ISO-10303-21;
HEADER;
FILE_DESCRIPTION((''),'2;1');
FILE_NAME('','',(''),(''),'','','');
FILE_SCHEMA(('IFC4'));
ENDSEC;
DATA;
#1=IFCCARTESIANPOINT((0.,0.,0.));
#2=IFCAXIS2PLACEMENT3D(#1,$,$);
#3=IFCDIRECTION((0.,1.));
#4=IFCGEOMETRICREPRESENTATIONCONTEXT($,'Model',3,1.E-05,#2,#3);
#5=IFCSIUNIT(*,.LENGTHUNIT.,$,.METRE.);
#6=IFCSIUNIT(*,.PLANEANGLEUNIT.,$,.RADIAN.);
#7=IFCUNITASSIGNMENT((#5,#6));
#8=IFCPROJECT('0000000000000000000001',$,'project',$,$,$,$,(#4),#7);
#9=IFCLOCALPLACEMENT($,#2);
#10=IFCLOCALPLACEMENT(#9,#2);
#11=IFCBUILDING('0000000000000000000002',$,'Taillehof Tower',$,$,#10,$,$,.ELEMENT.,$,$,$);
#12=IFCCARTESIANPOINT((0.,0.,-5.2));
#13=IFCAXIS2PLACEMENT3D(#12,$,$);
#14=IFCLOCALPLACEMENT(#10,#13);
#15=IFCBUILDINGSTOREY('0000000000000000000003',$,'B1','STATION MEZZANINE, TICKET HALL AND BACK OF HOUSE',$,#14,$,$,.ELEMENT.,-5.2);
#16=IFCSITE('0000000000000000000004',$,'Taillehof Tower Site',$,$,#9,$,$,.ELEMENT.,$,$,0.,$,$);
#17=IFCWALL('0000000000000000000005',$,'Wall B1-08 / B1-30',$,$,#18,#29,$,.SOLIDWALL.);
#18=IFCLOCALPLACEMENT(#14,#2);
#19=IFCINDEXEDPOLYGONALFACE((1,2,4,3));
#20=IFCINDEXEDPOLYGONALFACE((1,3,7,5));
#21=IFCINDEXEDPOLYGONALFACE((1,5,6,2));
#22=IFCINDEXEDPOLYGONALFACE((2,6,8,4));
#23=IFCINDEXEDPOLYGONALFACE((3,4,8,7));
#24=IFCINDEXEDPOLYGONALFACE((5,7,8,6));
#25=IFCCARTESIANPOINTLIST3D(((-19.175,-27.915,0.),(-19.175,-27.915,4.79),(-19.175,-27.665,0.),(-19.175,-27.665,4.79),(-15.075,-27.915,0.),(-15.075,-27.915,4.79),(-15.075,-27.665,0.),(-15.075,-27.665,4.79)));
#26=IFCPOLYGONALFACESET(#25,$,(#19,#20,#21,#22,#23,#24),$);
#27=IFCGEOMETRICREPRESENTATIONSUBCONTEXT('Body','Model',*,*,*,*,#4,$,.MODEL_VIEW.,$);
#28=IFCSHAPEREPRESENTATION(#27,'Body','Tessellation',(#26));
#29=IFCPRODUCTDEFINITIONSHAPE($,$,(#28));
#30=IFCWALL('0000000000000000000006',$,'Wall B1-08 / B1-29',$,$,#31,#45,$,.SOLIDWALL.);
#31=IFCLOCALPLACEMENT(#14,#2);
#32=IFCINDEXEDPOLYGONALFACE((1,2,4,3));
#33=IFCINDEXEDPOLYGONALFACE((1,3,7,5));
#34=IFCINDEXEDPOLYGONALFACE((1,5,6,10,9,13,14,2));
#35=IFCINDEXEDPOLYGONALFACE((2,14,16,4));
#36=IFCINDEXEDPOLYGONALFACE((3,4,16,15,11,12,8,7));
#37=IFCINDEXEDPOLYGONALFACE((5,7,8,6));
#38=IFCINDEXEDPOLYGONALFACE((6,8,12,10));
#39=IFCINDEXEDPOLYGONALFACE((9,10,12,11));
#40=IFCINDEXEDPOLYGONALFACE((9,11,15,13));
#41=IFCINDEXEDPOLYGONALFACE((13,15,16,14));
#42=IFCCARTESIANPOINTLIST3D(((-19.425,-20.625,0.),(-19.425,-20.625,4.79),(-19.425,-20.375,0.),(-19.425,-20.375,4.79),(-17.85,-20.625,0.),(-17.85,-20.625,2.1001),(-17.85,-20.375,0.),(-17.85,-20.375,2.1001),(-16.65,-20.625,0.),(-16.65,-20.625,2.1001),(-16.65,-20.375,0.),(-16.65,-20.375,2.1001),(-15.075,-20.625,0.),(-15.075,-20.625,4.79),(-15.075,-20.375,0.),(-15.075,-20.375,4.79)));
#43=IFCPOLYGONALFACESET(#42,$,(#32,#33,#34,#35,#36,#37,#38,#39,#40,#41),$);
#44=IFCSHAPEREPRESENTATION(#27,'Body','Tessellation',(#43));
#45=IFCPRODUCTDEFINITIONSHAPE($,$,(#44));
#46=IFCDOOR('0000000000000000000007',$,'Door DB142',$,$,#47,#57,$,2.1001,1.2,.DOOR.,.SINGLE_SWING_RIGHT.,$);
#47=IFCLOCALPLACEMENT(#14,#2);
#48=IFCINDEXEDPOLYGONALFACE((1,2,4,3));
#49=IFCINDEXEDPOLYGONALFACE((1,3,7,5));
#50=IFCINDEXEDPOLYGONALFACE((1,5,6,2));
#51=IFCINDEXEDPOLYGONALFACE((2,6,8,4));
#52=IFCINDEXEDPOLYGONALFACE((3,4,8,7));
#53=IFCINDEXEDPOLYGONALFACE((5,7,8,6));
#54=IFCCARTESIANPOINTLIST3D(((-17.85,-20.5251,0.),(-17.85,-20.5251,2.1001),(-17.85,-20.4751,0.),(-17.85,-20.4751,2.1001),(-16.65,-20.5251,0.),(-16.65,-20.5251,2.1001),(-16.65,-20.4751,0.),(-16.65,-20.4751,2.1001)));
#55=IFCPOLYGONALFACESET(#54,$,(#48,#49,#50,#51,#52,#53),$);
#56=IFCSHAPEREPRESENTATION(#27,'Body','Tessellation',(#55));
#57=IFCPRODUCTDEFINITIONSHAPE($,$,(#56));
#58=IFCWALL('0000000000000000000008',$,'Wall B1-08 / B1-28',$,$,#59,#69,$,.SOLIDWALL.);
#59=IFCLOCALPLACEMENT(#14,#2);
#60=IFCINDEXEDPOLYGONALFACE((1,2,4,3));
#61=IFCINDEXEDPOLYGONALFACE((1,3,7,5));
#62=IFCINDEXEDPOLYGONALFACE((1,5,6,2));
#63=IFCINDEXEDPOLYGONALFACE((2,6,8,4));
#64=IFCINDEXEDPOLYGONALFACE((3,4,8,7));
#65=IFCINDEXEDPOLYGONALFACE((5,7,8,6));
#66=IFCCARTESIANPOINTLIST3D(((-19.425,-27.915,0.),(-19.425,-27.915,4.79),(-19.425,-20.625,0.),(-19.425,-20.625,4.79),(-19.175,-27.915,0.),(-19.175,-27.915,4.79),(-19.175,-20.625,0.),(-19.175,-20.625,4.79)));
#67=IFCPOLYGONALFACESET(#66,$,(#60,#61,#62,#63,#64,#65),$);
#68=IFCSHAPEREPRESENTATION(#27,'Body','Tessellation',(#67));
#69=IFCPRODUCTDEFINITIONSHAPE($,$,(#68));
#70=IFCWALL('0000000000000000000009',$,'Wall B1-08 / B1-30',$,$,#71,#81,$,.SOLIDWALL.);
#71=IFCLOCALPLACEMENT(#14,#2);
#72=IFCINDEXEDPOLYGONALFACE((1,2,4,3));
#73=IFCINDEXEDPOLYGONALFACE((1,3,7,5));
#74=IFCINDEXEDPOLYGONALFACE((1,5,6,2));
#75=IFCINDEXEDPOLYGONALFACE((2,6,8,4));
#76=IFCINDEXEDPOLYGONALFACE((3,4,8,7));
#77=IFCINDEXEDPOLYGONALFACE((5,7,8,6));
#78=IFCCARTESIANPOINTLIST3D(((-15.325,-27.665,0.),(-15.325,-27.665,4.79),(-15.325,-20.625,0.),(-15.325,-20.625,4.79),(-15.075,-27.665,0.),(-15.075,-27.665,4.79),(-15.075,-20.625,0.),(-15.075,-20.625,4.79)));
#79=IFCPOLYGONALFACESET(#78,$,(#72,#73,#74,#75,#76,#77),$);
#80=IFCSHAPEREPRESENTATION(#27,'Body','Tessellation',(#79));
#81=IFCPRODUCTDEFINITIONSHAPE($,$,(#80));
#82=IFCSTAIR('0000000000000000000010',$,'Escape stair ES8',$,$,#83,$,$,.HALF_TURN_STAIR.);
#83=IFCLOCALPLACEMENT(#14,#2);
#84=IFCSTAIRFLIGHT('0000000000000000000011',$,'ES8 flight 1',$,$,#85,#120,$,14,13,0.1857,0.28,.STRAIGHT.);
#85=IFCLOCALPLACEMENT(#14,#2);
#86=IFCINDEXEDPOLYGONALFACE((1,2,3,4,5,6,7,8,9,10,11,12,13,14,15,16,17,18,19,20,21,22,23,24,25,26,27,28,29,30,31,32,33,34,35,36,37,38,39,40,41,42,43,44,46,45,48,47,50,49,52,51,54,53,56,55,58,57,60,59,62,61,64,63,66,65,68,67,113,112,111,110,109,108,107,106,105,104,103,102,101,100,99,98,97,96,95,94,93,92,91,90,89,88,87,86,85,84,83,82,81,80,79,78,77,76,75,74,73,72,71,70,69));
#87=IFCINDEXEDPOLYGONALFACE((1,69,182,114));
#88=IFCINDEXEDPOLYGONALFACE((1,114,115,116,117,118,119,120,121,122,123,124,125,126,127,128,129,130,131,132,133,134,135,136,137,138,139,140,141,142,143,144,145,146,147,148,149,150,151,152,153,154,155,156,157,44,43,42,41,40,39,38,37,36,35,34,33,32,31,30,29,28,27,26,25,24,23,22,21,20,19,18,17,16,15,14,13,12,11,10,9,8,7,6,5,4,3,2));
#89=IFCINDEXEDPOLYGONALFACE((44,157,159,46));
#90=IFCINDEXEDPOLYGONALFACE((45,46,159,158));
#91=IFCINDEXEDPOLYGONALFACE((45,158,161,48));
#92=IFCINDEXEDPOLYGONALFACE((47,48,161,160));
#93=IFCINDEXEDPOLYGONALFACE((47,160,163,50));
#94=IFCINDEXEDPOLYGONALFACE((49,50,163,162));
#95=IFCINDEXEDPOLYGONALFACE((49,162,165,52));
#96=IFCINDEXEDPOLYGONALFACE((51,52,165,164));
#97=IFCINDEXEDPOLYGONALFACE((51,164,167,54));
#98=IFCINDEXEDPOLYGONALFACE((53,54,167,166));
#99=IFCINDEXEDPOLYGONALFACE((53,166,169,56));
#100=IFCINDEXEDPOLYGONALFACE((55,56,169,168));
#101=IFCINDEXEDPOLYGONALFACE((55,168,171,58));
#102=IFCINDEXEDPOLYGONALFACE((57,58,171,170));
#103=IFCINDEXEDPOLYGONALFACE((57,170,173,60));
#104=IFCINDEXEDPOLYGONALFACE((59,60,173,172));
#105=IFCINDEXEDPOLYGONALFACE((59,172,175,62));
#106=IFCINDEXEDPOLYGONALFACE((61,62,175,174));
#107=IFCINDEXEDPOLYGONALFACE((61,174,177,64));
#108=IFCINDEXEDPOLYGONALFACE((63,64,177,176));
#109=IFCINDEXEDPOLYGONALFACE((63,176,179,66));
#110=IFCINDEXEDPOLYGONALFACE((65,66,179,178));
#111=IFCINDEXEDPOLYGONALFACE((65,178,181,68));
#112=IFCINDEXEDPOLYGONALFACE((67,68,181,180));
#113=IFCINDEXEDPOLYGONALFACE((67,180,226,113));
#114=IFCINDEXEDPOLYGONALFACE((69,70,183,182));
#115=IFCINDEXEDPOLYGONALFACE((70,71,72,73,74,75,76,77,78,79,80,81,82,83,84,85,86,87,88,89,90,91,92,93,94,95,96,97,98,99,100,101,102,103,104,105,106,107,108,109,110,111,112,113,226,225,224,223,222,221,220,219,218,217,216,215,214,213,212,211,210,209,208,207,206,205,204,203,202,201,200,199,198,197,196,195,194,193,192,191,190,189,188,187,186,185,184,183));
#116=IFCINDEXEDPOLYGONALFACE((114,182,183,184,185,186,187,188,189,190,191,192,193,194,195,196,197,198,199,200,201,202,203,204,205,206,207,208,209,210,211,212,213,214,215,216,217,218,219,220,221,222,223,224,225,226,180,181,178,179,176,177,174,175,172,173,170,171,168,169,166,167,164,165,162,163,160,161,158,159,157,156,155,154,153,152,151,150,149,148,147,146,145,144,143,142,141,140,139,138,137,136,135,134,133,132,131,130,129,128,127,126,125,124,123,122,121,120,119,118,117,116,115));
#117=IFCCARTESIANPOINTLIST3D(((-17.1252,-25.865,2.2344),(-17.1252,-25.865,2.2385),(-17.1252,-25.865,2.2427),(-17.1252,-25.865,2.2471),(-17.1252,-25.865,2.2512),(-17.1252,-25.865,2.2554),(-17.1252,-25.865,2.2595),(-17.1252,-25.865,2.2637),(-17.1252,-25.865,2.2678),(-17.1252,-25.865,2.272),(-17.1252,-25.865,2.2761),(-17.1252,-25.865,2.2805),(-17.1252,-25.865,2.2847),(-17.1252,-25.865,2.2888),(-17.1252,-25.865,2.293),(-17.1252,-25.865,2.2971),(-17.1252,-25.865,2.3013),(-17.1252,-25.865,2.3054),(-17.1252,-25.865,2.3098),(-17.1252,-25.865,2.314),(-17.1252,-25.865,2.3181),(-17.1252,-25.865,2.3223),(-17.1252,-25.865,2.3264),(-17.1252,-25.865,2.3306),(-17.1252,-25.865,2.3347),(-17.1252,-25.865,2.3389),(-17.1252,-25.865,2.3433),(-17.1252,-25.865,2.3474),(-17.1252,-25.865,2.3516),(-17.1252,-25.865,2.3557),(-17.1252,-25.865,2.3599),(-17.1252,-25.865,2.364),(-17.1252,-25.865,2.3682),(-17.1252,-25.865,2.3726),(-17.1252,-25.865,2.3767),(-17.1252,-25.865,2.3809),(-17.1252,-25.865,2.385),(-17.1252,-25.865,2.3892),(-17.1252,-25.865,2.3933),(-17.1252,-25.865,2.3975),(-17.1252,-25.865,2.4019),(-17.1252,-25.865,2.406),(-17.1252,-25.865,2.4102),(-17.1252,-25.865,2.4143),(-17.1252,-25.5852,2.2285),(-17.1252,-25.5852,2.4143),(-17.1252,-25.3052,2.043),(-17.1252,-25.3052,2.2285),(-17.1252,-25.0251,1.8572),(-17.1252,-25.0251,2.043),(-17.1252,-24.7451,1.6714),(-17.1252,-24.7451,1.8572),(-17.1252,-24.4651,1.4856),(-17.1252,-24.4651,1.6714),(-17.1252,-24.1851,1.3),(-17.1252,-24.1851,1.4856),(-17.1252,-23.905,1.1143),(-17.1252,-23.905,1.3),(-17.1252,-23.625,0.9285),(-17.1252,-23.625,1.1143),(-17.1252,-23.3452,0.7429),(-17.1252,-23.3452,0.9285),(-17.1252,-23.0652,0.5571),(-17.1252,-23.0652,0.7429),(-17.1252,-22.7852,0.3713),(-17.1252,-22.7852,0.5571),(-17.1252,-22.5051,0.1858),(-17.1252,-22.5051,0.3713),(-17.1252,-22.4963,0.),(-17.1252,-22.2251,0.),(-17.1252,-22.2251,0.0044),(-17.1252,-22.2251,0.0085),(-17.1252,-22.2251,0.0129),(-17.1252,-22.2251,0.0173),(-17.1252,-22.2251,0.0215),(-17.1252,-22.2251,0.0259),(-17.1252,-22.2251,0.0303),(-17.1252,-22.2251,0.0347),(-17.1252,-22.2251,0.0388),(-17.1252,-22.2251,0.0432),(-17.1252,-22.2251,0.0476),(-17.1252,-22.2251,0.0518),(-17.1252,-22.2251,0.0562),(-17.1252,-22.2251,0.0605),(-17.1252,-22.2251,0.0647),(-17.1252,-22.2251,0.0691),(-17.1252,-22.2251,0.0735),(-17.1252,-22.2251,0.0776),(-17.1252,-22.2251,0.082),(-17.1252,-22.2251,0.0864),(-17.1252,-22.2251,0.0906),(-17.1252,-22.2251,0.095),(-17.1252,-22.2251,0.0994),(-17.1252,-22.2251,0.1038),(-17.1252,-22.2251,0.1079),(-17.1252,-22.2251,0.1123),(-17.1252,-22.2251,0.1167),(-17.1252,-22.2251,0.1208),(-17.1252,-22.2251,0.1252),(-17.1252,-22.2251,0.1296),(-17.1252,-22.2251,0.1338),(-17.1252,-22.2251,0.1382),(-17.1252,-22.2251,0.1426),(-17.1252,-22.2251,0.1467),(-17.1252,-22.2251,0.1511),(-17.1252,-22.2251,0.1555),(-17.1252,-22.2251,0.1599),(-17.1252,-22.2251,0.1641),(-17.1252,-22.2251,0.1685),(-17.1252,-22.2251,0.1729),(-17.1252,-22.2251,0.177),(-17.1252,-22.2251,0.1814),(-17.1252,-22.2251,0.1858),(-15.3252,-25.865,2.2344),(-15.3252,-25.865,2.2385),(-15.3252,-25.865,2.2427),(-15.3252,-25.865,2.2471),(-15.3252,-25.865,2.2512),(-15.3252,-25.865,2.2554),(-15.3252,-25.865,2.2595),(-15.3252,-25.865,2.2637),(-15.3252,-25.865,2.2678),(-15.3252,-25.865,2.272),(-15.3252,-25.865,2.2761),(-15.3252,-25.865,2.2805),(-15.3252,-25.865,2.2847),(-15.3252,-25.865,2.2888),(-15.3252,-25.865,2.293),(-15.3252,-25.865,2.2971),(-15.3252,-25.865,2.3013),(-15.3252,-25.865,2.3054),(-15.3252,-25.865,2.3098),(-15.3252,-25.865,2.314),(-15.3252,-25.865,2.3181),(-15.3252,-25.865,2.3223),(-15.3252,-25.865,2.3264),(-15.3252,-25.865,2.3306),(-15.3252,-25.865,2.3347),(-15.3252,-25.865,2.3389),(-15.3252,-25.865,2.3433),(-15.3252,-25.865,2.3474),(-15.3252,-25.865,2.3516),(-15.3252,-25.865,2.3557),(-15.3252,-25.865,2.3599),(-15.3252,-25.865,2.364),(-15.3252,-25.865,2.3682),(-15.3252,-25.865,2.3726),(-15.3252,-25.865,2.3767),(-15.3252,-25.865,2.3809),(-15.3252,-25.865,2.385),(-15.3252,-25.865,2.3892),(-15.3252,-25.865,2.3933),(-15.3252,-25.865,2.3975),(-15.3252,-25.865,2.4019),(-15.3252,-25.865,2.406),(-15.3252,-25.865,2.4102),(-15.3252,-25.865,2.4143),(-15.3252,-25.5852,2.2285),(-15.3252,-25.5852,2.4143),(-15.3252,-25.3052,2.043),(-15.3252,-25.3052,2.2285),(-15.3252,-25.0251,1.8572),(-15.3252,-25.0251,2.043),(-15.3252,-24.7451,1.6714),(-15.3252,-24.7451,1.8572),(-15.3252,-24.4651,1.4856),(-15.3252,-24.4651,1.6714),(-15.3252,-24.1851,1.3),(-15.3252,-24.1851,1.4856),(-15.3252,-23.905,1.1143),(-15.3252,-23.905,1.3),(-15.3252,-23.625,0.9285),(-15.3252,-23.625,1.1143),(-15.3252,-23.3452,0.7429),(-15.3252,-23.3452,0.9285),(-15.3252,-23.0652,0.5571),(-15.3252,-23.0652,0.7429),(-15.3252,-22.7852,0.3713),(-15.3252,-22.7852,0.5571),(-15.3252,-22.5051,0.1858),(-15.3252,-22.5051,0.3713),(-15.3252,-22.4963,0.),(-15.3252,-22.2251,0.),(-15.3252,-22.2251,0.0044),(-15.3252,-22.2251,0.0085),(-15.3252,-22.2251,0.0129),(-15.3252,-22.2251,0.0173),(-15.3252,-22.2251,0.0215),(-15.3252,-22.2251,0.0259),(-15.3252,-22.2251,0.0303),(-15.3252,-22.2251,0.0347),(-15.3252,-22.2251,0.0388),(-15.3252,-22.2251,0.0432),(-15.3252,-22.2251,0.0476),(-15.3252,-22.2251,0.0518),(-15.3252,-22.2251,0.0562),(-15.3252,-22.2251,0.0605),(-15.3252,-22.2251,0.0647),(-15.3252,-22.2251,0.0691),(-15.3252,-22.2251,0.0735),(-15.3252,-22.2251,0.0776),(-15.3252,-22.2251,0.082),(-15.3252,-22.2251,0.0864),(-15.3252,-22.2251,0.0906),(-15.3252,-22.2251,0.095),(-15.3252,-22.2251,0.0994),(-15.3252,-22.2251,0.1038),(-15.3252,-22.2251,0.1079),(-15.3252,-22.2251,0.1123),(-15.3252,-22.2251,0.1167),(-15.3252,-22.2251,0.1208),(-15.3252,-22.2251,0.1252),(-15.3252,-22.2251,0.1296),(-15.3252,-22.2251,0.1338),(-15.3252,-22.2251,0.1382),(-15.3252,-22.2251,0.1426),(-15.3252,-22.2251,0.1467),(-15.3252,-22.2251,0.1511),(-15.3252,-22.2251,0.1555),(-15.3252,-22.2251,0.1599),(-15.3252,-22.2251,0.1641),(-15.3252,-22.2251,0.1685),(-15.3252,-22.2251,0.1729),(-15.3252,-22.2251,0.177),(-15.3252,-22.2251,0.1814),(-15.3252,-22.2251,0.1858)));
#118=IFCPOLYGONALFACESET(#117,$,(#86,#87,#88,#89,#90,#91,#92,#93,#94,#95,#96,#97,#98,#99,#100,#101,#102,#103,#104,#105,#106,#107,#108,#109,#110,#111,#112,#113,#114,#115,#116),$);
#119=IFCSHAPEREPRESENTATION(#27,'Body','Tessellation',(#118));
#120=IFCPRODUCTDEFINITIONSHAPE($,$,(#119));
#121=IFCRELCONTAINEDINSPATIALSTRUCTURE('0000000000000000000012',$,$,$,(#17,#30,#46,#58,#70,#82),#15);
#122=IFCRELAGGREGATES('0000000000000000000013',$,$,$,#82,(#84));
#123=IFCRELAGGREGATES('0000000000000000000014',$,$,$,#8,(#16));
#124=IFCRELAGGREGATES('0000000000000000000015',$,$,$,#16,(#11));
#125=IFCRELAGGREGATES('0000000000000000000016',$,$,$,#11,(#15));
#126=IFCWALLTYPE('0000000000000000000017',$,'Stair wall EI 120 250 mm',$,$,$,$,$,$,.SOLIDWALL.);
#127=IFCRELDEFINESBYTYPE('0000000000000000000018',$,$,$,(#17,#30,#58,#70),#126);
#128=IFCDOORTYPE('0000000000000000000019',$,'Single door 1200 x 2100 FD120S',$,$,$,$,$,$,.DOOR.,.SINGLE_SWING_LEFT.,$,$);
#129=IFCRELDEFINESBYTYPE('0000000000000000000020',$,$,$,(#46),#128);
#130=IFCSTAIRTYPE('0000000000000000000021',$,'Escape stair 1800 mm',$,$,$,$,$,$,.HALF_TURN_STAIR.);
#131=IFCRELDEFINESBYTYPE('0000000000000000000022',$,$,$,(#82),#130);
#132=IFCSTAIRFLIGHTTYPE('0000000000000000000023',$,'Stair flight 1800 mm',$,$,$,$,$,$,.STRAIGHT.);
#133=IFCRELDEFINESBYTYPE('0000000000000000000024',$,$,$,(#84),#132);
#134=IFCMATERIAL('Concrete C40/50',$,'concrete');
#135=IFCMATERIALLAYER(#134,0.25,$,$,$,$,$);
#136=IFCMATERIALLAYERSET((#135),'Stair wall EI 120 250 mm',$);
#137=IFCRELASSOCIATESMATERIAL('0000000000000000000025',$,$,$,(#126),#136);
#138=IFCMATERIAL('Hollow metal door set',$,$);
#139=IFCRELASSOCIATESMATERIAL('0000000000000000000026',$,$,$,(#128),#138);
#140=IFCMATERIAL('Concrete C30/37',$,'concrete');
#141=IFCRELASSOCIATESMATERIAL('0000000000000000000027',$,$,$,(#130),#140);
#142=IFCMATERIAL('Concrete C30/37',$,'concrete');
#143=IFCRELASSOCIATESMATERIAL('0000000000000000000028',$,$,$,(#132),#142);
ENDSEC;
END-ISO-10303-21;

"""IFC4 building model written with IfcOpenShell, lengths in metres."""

from ifc_helpers import new_model, si_unit, direction, frame, frame_2d, origin, place, context, subcontext, project, spatial, polyline, rectangle, outline, extrude, material, layer, layer_set, type_object, element, fill, aggregate, save


model = new_model("IFC4")

# Units and contexts
model_context = context("Model", 3, precision=1e-05, world=origin(), true_north=direction((0.0, 1.0)))
body_context = subcontext(model_context, "Body", "Model", "MODEL_VIEW")
ifc_project = project(units=[si_unit("LENGTHUNIT", "METRE"), si_unit("PLANEANGLEUNIT", "RADIAN")], contexts=[model_context])

# Site, building, storey
site_placement = place(None, origin())
site = spatial("IfcSite", under=ifc_project, at=site_placement, Name="Taillehof Tower Site", CompositionType="ELEMENT", RefElevation=0.0)
building_placement = place(site_placement, origin())
building = spatial("IfcBuilding", under=site, at=building_placement, Name="Taillehof Tower", CompositionType="ELEMENT")
storey_placement = place(building_placement, frame((0.0, 0.0, -5.2)))
storey = spatial("IfcBuildingStorey", under=building, at=storey_placement, Name="B1", Description="STATION MEZZANINE, TICKET HALL AND BACK OF HOUSE", CompositionType="ELEMENT", Elevation=-5.2)

# Wall
ifc_material_1 = material(Name="Concrete C40/50", Category="concrete")
ifc_layer_1 = layer(ifc_material_1, 0.25)
ifc_layer_set_1 = layer_set([ifc_layer_1], Name="Stair wall EI 120 250 mm")
wall_type_1 = type_object("IfcWallType", Name="Stair wall EI 120 250 mm", PredefinedType="SOLIDWALL", material=ifc_layer_set_1)
wall_1_placement = place(storey_placement, frame((-19.175, -27.79, 0.0), z_axis=(0.0, 0.0, 1.0), x_axis=(1.0, 0.0, 0.0)))
element("IfcWall", 1, at=wall_1_placement, inside=storey, type_object=wall_type_1, Name="Wall B1-08 / B1-30", PredefinedType="SOLIDWALL", context=body_context, shape_type="SweptSolid", body=[
    extrude(rectangle(XDim=4.1001, YDim=0.25, at=frame_2d((2.05, 0.0))), origin(), (0.0, 0.0, 1.0), 4.79),
])

# Wall, opening, door
wall_2_placement = place(storey_placement, frame((-19.425, -20.5, 0.0), z_axis=(0.0, 0.0, 1.0), x_axis=(1.0, 0.0, 0.0)))
wall_2 = element("IfcWall", 2, at=wall_2_placement, inside=storey, type_object=wall_type_1, Name="Wall B1-08 / B1-29", PredefinedType="SOLIDWALL", context=body_context, shape_type="SweptSolid", body=[
    extrude(rectangle(XDim=4.3501, YDim=0.25, at=frame_2d((2.175, 0.0))), origin(), (0.0, 0.0, 1.0), 4.79),
])
opening_placement = place(wall_2_placement, frame((1.575, 0.0, 0.0)))
opening = element("IfcOpeningElement", 3, at=opening_placement, cuts=wall_2, PredefinedType="OPENING", context=body_context, shape_type="SweptSolid", body=[
    extrude(rectangle(XDim=1.2, YDim=2.1001, at=frame_2d((0.6001, 1.05))), frame((0.0, 0.135, 0.0), z_axis=(0.0, -1.0, 0.0), x_axis=(1.0, 0.0, 0.0)), (0.0, 0.0, 1.0), 0.27),
])
ifc_material_2 = material(Name="Hollow metal door set")
door_type = type_object("IfcDoorType", Name="Single door 1200 x 2100 FD120S", OperationType="SINGLE_SWING_LEFT", PredefinedType="DOOR", material=ifc_material_2)
door_placement = place(opening_placement, origin())
door = element("IfcDoor", 4, at=door_placement, inside=storey, type_object=door_type, Name="Door DB142", OperationType="SINGLE_SWING_RIGHT", OverallHeight=2.1001, OverallWidth=1.2, PredefinedType="DOOR", context=body_context, shape_type="SweptSolid", body=[
    extrude(rectangle(XDim=1.2, YDim=2.1001, at=frame_2d((0.6001, 1.05))), frame((0.0, 0.0249, 0.0), z_axis=(0.0, -1.0, 0.0), x_axis=(1.0, 0.0, 0.0)), (0.0, 0.0, 1.0), 0.05),
])
fill(opening, door)

# Walls
wall_3_placement = place(storey_placement, frame((-19.3, -27.915, 0.0), z_axis=(0.0, 0.0, 1.0), x_axis=(0.0, 1.0, 0.0)))
element("IfcWall", 5, at=wall_3_placement, inside=storey, type_object=wall_type_1, Name="Wall B1-08 / B1-28", PredefinedType="SOLIDWALL", context=body_context, shape_type="SweptSolid", body=[
    extrude(rectangle(XDim=7.29, YDim=0.25, at=frame_2d((3.645, 0.0))), origin(), (0.0, 0.0, 1.0), 4.79),
])
wall_4_placement = place(storey_placement, frame((-15.2, -27.665, 0.0), z_axis=(0.0, 0.0, 1.0), x_axis=(0.0, 1.0, 0.0)))
element("IfcWall", 6, at=wall_4_placement, inside=storey, type_object=wall_type_1, Name="Wall B1-08 / B1-30", PredefinedType="SOLIDWALL", context=body_context, shape_type="SweptSolid", body=[
    extrude(rectangle(XDim=7.04, YDim=0.25, at=frame_2d((3.52, 0.0))), origin(), (0.0, 0.0, 1.0), 4.79),
])

# Stair, stair flight
ifc_material_3 = material(Name="Concrete C30/37", Category="concrete")
stair_type = type_object("IfcStairType", Name="Escape stair 1800 mm", PredefinedType="HALF_TURN_STAIR", material=ifc_material_3)
stair_placement = place(storey_placement, origin())
stair = element("IfcStair", 7, at=stair_placement, inside=storey, type_object=stair_type, Name="Escape stair ES8", PredefinedType="HALF_TURN_STAIR")
ifc_material_4 = material(Name="Concrete C30/37", Category="concrete")
stair_flight_type = type_object("IfcStairFlightType", Name="Stair flight 1800 mm", PredefinedType="STRAIGHT", material=ifc_material_4)
stair_flight_1_placement = place(storey_placement, frame((-16.2251, -22.2251, 0.0), z_axis=(0.0, 0.0, 1.0), x_axis=(0.0, -1.0, 0.0)))
stair_flight_1 = element("IfcStairFlight", 8, at=stair_flight_1_placement, type_object=stair_flight_type, Name="ES8 flight 1", NumberOfRisers=14, NumberOfTreads=13, PredefinedType="STRAIGHT", RiserHeight=0.1857, TreadLength=0.28, context=body_context, shape_type="SweptSolid", body=[
    extrude(outline(polyline([(0.0, 0.0), (0.0, 0.0044), (0.0, 0.0085), (0.0, 0.0129), (0.0, 0.0173), (0.0, 0.0215), (0.0, 0.0259), (0.0, 0.0303), (0.0, 0.0347), (0.0, 0.0388), (0.0, 0.0432), (0.0, 0.0476), (0.0, 0.0518), (0.0, 0.0562), (0.0, 0.0605), (0.0, 0.0647), (0.0, 0.0691), (0.0, 0.0735), (0.0, 0.0776), (0.0, 0.082), (0.0, 0.0864), (0.0, 0.0906), (0.0, 0.095), (0.0, 0.0994), (0.0, 0.1038), (0.0, 0.1079), (0.0, 0.1123), (0.0, 0.1167), (0.0, 0.1208), (0.0, 0.1252), (0.0, 0.1296), (0.0, 0.1338), (0.0, 0.1382), (0.0, 0.1426), (0.0, 0.1467), (0.0, 0.1511), (0.0, 0.1555), (0.0, 0.1599), (0.0, 0.1641), (0.0, 0.1685), (0.0, 0.1729), (0.0, 0.177), (0.0, 0.1814), (0.0, 0.1858), (0.28, 0.1858), (0.28, 0.3713), (0.5601, 0.3713), (0.5601, 0.5571), (0.8401, 0.5571), (0.8401, 0.7429), (1.1201, 0.7429), (1.1201, 0.9285), (1.3999, 0.9285), (1.3999, 1.1143), (1.6799, 1.1143), (1.6799, 1.3), (1.96, 1.3), (1.96, 1.4856), (2.24, 1.4856), (2.24, 1.6714), (2.52, 1.6714), (2.52, 1.8572), (2.8, 1.8572), (2.8, 2.043), (3.0801, 2.043), (3.0801, 2.2285), (3.3601, 2.2285), (3.3601, 2.4143), (3.6399, 2.4143), (3.6399, 2.4102), (3.6399, 2.406), (3.6399, 2.4019), (3.6399, 2.3975), (3.6399, 2.3933), (3.6399, 2.3892), (3.6399, 2.385), (3.6399, 2.3809), (3.6399, 2.3767), (3.6399, 2.3726), (3.6399, 2.3682), (3.6399, 2.364), (3.6399, 2.3599), (3.6399, 2.3557), (3.6399, 2.3516), (3.6399, 2.3474), (3.6399, 2.3433), (3.6399, 2.3389), (3.6399, 2.3347), (3.6399, 2.3306), (3.6399, 2.3264), (3.6399, 2.3223), (3.6399, 2.3181), (3.6399, 2.314), (3.6399, 2.3098), (3.6399, 2.3054), (3.6399, 2.3013), (3.6399, 2.2971), (3.6399, 2.293), (3.6399, 2.2888), (3.6399, 2.2847), (3.6399, 2.2805), (3.6399, 2.2761), (3.6399, 2.272), (3.6399, 2.2678), (3.6399, 2.2637), (3.6399, 2.2595), (3.6399, 2.2554), (3.6399, 2.2512), (3.6399, 2.2471), (3.6399, 2.2427), (3.6399, 2.2385), (3.6399, 2.2344), (0.2712, 0.0), (0.0, 0.0)])), frame((0.0, 0.8999, 0.0), z_axis=(0.0, -1.0, 0.0), x_axis=(1.0, 0.0, 0.0)), (0.0, 0.0, 1.0), 1.8),
])
aggregate(stair, [stair_flight_1])

save(model, "model.ifc")
